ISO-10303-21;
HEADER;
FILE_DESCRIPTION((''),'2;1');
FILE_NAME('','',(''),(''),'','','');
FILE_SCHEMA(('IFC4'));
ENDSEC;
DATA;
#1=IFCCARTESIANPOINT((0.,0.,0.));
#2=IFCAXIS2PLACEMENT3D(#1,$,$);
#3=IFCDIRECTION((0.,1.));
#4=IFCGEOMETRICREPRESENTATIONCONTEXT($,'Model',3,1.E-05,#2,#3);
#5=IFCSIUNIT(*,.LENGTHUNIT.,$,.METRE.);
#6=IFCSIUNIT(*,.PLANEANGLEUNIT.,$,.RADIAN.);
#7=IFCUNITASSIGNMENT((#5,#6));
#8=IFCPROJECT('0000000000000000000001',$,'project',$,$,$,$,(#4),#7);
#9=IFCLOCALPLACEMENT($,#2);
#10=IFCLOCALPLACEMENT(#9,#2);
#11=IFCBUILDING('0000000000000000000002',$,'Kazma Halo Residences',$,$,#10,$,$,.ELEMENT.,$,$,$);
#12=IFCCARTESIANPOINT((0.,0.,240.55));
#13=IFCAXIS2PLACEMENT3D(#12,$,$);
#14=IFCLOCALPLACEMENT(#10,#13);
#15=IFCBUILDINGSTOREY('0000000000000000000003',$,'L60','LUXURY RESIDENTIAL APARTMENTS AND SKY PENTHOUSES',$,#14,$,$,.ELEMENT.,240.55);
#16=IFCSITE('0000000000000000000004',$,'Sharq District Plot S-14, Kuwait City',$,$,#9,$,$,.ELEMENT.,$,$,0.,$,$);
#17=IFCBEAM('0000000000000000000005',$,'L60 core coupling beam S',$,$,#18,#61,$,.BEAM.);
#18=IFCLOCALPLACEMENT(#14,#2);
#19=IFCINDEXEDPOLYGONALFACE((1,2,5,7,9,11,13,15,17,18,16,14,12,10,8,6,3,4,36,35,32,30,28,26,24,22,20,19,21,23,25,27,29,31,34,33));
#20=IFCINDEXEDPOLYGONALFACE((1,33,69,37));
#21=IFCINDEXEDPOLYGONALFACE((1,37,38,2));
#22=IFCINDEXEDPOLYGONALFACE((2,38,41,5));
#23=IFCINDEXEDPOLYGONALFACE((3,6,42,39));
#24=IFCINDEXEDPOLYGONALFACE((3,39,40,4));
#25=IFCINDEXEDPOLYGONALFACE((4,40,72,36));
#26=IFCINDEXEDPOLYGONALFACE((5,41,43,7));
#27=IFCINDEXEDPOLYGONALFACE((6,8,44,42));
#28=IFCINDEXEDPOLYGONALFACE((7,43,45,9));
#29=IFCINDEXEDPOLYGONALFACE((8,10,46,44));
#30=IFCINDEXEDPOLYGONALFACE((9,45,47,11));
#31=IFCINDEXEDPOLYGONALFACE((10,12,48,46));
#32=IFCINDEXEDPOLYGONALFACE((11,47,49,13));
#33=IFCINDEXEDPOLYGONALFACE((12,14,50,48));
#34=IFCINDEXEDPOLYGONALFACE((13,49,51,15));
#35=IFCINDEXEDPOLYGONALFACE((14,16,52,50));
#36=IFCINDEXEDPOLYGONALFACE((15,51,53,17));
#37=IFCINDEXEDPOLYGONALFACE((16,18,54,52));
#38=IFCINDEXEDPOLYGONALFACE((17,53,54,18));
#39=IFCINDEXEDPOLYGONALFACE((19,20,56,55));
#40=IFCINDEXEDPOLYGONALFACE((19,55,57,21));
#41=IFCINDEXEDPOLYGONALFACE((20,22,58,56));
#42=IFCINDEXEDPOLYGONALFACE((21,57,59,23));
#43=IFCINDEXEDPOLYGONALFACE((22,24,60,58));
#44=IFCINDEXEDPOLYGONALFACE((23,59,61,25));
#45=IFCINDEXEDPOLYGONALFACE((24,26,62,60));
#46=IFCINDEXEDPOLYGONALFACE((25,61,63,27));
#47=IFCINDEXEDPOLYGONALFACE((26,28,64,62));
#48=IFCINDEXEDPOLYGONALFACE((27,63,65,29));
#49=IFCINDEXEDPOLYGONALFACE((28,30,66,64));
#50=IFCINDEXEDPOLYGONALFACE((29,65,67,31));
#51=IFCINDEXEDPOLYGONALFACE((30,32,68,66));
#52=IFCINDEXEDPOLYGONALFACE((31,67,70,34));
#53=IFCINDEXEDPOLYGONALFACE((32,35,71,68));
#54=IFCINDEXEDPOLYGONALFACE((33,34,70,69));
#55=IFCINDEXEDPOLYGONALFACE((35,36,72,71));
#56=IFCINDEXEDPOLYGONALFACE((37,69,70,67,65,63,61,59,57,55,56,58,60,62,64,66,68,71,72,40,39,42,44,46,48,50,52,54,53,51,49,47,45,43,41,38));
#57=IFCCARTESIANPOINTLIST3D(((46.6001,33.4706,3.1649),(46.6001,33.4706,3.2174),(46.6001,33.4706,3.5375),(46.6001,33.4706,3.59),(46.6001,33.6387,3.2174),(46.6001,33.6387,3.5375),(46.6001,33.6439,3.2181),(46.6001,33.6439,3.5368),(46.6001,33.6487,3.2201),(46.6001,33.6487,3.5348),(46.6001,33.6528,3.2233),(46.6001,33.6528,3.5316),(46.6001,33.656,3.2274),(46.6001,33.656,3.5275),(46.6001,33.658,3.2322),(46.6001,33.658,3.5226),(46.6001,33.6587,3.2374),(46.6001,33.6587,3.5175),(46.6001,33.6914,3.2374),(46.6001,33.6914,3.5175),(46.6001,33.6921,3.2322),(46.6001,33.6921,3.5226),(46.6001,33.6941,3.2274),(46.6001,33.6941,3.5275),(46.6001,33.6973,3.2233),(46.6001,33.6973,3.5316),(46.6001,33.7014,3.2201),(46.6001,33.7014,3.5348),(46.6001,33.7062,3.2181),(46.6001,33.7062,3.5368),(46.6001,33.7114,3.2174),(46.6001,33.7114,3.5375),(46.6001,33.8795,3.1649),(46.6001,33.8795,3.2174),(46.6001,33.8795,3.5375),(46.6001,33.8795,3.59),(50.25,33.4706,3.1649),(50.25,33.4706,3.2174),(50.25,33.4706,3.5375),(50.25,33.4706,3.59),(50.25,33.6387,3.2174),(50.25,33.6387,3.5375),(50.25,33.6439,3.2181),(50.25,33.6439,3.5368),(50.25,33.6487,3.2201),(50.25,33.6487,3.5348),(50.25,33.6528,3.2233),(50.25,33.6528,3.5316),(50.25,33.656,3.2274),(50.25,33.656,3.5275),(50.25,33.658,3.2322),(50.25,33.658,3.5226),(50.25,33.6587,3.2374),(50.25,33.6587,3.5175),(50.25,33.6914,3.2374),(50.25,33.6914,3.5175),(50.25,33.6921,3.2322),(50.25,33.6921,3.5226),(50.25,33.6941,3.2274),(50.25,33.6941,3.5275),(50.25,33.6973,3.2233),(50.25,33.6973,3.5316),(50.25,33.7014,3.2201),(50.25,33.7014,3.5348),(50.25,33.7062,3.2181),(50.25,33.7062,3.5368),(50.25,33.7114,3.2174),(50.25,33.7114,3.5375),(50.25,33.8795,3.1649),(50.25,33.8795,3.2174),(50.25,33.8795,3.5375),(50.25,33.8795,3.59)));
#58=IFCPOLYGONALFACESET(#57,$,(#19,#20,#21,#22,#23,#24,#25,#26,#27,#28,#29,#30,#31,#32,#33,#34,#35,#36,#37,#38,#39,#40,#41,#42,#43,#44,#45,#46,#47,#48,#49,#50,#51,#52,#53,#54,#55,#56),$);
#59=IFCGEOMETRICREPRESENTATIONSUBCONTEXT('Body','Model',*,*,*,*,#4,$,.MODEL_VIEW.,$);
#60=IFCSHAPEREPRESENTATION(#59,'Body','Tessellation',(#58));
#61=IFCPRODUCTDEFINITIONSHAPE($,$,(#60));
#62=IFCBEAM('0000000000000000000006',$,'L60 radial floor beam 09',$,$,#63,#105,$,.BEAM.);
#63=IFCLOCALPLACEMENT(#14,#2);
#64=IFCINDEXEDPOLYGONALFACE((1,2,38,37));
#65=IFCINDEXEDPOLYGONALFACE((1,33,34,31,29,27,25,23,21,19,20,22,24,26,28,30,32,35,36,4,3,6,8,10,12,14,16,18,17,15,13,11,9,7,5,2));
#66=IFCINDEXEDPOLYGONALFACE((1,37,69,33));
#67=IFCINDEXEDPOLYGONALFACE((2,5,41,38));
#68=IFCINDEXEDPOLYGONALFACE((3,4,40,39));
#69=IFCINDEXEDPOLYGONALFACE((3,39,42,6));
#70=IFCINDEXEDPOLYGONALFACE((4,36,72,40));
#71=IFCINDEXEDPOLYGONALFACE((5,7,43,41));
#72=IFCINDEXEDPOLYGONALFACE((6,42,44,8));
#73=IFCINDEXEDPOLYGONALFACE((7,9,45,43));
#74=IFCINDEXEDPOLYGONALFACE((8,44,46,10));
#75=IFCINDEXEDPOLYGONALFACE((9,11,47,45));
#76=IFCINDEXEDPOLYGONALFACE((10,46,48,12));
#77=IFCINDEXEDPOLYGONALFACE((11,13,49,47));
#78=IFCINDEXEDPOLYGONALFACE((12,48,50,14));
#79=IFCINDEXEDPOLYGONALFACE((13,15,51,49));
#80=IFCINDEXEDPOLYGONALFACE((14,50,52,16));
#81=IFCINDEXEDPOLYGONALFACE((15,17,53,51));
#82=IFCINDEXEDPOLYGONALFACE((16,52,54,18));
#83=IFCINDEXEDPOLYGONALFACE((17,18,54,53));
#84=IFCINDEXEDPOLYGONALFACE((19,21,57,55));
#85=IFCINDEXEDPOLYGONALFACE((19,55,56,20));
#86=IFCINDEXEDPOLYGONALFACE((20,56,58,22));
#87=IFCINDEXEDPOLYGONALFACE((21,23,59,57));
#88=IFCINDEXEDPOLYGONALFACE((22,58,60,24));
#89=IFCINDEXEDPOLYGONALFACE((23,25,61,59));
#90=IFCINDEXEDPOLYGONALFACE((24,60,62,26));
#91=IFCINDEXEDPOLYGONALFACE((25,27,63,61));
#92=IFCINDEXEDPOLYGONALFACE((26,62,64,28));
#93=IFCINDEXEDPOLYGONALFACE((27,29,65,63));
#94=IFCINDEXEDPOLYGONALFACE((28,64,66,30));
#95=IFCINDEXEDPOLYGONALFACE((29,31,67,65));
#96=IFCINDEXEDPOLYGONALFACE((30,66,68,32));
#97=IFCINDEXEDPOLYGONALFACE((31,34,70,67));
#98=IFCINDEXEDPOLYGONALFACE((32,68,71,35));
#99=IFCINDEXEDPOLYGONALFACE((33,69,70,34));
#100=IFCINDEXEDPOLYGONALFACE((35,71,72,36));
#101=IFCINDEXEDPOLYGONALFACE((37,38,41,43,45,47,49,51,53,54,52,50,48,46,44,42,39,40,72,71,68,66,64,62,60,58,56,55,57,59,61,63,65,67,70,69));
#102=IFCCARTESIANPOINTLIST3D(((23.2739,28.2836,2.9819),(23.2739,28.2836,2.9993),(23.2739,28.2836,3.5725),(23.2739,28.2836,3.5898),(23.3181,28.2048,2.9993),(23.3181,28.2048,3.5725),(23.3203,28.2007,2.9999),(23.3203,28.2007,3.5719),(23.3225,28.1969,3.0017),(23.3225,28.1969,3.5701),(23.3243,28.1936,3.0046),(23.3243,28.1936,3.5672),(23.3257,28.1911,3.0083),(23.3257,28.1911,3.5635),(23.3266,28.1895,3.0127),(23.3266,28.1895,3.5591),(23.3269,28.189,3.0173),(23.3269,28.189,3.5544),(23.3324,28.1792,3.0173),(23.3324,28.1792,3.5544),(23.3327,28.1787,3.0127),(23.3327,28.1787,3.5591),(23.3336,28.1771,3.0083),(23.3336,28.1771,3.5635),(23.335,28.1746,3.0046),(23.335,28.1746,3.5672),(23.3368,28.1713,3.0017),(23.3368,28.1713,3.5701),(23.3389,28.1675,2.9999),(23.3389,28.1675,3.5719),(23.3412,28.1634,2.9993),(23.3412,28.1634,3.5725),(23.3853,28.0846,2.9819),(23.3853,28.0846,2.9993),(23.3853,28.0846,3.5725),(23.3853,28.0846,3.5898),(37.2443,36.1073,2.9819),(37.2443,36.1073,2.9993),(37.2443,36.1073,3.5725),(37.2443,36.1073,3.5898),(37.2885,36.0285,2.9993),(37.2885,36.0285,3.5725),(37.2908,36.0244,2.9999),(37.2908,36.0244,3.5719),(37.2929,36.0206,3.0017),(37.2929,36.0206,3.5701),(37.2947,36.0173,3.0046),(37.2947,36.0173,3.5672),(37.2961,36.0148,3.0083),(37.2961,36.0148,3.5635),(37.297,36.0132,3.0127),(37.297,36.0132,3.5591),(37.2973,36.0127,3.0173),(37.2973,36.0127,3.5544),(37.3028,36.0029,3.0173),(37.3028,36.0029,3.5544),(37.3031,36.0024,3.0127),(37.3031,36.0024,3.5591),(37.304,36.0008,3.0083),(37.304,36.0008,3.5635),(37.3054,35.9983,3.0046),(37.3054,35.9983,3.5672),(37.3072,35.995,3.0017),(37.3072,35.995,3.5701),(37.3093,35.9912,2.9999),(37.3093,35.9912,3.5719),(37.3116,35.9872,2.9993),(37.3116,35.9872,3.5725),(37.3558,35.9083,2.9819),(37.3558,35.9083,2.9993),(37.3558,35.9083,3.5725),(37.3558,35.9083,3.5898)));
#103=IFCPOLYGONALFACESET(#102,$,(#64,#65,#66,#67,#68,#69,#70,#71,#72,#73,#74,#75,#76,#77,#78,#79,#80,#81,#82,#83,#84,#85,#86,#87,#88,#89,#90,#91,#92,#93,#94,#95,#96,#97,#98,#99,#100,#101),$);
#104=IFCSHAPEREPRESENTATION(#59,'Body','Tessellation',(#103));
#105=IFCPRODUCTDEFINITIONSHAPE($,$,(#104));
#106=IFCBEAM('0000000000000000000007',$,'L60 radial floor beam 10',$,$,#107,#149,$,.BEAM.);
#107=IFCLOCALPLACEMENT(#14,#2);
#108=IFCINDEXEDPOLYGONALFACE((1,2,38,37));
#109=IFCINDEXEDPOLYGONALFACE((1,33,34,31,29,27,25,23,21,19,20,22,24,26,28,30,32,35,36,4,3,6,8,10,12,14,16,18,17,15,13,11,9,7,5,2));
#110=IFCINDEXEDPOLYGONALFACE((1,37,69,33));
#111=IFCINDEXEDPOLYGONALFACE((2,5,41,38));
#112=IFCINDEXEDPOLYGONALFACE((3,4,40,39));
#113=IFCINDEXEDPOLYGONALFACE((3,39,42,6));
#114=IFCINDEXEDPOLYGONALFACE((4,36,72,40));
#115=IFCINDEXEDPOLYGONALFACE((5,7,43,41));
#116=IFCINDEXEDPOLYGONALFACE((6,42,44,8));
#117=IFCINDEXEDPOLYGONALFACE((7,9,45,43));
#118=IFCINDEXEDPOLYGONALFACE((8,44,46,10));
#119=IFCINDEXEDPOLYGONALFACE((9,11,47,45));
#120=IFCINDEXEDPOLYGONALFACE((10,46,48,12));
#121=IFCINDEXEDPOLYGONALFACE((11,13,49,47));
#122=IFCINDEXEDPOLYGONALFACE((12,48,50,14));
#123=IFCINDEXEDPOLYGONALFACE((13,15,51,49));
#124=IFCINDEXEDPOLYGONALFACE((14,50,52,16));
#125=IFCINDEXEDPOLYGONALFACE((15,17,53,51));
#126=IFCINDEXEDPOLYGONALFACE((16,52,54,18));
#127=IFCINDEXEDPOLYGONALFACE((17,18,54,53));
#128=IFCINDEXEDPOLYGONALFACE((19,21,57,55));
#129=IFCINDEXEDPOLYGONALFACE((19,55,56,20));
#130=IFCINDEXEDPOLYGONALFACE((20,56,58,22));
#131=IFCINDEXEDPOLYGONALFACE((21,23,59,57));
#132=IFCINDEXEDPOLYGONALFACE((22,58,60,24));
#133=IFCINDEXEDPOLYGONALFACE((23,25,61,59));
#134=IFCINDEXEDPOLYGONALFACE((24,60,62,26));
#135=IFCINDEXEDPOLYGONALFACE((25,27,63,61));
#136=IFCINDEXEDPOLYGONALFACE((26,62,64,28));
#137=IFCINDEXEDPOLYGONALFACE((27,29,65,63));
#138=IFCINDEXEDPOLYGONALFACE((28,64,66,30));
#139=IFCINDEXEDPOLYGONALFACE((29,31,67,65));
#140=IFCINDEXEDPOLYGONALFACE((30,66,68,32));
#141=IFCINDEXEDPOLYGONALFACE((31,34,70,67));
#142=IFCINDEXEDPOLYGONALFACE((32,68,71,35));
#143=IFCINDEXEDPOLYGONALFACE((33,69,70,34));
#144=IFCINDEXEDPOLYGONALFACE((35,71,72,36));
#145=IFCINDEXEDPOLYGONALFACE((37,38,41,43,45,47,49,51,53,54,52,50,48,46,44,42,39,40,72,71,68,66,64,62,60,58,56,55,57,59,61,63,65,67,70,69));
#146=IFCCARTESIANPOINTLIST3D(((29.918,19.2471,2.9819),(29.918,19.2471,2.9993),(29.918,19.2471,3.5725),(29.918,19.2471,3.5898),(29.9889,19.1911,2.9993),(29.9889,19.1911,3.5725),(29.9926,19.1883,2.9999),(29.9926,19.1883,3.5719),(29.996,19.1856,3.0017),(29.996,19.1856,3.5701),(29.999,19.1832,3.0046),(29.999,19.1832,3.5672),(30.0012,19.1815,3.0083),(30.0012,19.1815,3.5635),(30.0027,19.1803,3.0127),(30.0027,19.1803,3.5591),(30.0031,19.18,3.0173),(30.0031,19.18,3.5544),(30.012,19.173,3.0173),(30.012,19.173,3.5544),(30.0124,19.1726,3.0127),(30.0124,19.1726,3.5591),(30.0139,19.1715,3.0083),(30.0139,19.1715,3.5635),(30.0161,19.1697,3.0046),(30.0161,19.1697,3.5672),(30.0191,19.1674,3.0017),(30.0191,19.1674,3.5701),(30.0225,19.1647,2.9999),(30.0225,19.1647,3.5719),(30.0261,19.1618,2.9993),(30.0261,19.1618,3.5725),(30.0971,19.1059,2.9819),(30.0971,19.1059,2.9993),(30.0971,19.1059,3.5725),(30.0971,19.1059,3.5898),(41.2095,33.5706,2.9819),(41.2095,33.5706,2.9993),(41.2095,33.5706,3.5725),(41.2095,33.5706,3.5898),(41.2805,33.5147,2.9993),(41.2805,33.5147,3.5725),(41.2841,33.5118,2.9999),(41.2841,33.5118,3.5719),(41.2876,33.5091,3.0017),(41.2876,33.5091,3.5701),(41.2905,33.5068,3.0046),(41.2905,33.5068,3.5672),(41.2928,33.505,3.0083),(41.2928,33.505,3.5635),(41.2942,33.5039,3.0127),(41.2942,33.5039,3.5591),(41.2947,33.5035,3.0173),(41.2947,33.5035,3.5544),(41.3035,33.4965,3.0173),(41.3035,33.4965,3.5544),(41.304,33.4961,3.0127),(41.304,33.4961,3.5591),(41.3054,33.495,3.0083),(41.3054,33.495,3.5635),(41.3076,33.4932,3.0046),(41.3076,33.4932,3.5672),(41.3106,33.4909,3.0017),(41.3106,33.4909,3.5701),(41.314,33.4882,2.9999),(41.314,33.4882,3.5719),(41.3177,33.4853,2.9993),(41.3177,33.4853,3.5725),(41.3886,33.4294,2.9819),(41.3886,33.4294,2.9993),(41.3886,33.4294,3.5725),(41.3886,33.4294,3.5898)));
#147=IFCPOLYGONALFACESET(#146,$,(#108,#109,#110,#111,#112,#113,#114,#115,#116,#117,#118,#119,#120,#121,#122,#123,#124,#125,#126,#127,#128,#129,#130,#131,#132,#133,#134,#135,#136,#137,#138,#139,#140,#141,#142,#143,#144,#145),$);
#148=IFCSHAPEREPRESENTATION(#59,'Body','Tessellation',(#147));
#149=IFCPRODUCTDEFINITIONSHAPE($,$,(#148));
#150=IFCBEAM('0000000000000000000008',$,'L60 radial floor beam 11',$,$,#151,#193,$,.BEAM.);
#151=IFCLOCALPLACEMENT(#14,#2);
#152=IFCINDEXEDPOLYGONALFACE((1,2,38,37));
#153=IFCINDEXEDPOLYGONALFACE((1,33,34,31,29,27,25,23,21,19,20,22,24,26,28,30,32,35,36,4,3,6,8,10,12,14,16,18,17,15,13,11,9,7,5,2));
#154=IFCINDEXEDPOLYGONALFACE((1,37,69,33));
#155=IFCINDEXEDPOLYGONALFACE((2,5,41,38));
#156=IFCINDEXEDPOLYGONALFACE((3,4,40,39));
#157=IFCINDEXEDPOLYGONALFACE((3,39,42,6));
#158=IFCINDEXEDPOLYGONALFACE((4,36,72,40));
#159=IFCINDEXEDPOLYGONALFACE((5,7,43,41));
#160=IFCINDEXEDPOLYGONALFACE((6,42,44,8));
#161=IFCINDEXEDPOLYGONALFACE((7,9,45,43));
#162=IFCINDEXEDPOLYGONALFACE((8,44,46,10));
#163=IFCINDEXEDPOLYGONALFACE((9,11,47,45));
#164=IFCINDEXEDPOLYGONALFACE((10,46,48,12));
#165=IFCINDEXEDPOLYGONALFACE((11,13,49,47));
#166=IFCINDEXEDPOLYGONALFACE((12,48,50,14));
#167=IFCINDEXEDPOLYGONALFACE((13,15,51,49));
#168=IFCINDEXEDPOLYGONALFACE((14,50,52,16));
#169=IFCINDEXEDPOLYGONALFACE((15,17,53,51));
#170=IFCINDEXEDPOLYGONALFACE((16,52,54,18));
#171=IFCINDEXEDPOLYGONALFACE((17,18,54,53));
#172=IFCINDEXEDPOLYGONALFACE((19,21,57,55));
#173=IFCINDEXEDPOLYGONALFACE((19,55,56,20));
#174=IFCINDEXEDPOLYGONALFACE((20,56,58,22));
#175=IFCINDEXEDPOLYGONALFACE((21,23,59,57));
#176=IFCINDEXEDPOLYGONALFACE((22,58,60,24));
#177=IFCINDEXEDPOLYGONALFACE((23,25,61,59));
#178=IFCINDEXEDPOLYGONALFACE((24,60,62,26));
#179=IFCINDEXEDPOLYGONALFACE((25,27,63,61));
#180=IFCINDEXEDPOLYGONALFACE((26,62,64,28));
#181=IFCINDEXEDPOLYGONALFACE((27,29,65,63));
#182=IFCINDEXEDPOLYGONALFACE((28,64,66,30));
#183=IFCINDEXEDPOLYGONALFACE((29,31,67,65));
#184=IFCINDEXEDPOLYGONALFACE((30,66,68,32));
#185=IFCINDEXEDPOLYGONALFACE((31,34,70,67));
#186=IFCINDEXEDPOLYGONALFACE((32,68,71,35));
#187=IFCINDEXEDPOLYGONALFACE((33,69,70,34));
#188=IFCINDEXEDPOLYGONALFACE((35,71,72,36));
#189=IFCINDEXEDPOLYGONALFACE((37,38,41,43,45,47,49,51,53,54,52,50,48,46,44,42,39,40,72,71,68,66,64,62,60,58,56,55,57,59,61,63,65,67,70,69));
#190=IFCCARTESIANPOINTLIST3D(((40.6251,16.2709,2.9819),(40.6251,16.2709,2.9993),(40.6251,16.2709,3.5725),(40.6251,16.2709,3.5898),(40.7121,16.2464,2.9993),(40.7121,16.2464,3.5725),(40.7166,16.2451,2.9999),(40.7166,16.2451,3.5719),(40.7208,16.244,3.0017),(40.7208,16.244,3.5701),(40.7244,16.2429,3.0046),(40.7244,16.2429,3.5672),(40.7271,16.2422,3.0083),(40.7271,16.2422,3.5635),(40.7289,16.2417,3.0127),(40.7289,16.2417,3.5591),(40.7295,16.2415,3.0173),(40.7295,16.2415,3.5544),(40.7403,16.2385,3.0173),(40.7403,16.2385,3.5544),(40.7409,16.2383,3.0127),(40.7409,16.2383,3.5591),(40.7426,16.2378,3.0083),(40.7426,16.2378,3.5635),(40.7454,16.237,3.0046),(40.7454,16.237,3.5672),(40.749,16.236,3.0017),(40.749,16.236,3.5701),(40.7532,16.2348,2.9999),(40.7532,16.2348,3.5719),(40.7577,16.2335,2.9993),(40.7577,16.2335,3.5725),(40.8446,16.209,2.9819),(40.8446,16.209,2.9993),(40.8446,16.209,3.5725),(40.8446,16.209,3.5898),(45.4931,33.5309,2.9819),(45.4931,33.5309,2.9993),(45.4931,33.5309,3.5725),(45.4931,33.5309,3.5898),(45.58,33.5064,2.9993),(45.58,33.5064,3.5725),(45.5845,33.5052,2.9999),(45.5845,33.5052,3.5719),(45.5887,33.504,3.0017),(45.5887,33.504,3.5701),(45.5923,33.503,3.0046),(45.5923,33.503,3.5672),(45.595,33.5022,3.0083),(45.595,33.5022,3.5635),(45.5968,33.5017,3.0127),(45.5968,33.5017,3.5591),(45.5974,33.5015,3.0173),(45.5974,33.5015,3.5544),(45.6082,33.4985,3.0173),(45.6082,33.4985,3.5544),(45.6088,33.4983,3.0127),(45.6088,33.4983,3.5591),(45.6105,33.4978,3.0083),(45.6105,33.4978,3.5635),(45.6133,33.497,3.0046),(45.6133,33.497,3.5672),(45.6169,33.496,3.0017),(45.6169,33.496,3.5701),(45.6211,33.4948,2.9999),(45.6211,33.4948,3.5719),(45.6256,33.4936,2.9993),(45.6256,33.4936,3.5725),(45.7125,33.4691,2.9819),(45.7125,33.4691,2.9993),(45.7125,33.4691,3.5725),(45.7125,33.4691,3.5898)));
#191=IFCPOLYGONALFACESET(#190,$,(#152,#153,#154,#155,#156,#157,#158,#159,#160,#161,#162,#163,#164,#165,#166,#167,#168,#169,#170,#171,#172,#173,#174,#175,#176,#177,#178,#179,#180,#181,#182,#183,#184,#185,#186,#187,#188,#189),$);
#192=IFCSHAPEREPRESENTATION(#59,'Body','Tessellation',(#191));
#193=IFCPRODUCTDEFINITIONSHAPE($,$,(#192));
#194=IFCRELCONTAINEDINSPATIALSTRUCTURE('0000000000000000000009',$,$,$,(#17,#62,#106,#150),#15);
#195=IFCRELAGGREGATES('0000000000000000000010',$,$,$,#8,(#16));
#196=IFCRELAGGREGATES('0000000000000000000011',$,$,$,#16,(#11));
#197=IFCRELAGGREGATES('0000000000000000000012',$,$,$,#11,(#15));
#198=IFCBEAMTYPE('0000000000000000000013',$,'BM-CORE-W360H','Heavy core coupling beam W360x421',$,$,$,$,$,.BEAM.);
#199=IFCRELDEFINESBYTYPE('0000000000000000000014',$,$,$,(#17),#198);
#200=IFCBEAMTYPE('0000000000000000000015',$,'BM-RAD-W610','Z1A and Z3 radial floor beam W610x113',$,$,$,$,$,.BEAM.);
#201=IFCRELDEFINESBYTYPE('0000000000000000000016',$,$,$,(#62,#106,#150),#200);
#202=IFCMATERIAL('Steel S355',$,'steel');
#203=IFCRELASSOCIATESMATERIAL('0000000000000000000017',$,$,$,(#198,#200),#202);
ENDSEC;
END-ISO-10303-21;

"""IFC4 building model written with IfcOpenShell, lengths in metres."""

from ifc_helpers import new_model, si_unit, direction, frame, origin, origin_2d, place, context, subcontext, project, spatial, i_section, extrude, material, material_profile, profile_set, type_object, element, save


model = new_model("IFC4")

# Units and contexts
model_context = context("Model", 3, precision=1e-05, world=origin(), true_north=direction((0.0, 1.0)))
body_context = subcontext(model_context, "Body", "Model", "MODEL_VIEW")
ifc_project = project(units=[si_unit("LENGTHUNIT", "METRE"), si_unit("PLANEANGLEUNIT", "RADIAN")], contexts=[model_context])

# Site, building, storey
site_placement = place(None, origin())
site = spatial("IfcSite", under=ifc_project, at=site_placement, Name="Sharq District Plot S-14, Kuwait City", CompositionType="ELEMENT", RefElevation=0.0)
building_placement = place(site_placement, origin())
building = spatial("IfcBuilding", under=site, at=building_placement, Name="Kazma Halo Residences", CompositionType="ELEMENT")
storey_placement = place(building_placement, frame((0.0, 0.0, 240.55)))
storey = spatial("IfcBuildingStorey", under=building, at=storey_placement, Name="L60", Description="LUXURY RESIDENTIAL APARTMENTS AND SKY PENTHOUSES", CompositionType="ELEMENT", Elevation=240.55)

# Beams
ifc_material_1 = material(Name="Steel S355", Category="steel")
ifc_material_profile_1 = material_profile(ifc_material_1, i_section(OverallWidth=0.4089, OverallDepth=0.425, WebThickness=0.0327, FlangeThickness=0.0525, FilletRadius=0.02, at=origin_2d()), Name="W360x421")
ifc_profile_set_1 = profile_set([ifc_material_profile_1], Name="Steel S355")
beam_type_1 = type_object("IfcBeamType", Name="BM-CORE-W360H", Description="Heavy core coupling beam W360x421", PredefinedType="BEAM", material=ifc_profile_set_1)
beam_1_placement = place(storey_placement, frame((46.6001, 33.675, 3.3774), z_axis=(1.0, 0.0, 0.0), x_axis=(0.0, 1.0, 0.0)))
element("IfcBeam", 1, at=beam_1_placement, inside=storey, type_object=beam_type_1, Name="L60 core coupling beam S", PredefinedType="BEAM", context=body_context, shape_type="SweptSolid", body=[
    extrude(i_section(OverallWidth=0.4089, OverallDepth=0.425, WebThickness=0.0327, FlangeThickness=0.0525, FilletRadius=0.02, at=origin_2d()), origin(), (0.0, 0.0, 1.0), 3.6499),
])
ifc_material_profile_2 = material_profile(ifc_material_1, i_section(OverallWidth=0.228, OverallDepth=0.6079, WebThickness=0.0112, FlangeThickness=0.0173, FilletRadius=0.0181, at=origin_2d()), Name="W610x113")
ifc_profile_set_2 = profile_set([ifc_material_profile_2], Name="Steel S355")
beam_type_2 = type_object("IfcBeamType", Name="BM-RAD-W610", Description="Z1A and Z3 radial floor beam W610x113", PredefinedType="BEAM", material=ifc_profile_set_2)
beam_2_placement = place(storey_placement, frame((37.3, 36.0078, 3.2859), z_axis=(-0.872499, -0.488616, 0.0), x_axis=(0.488616, -0.872499, 0.0)))
element("IfcBeam", 2, at=beam_2_placement, inside=storey, type_object=beam_type_2, Name="L60 radial floor beam 09", PredefinedType="BEAM", context=body_context, shape_type="SweptSolid", body=[
    extrude(i_section(OverallWidth=0.228, OverallDepth=0.6079, WebThickness=0.0112, FlangeThickness=0.0173, FilletRadius=0.0181, at=origin_2d()), origin(), (0.0, 0.0, 1.0), 16.012),
])
beam_3_placement = place(storey_placement, frame((41.2991, 33.5, 3.2859), z_axis=(-0.619086, -0.785323, 0.0), x_axis=(0.785323, -0.619086, 0.0)))
element("IfcBeam", 3, at=beam_3_placement, inside=storey, type_object=beam_type_2, Name="L60 radial floor beam 10", PredefinedType="BEAM", context=body_context, shape_type="SweptSolid", body=[
    extrude(i_section(OverallWidth=0.228, OverallDepth=0.6079, WebThickness=0.0112, FlangeThickness=0.0173, FilletRadius=0.0181, at=origin_2d()), origin(), (0.0, 0.0, 1.0), 18.239),
])
beam_4_placement = place(storey_placement, frame((45.6028, 33.5, 3.2859), z_axis=(-0.271445, -0.962454, 0.0), x_axis=(0.962454, -0.271445, 0.0)))
element("IfcBeam", 4, at=beam_4_placement, inside=storey, type_object=beam_type_2, Name="L60 radial floor beam 11", PredefinedType="BEAM", context=body_context, shape_type="SweptSolid", body=[
    extrude(i_section(OverallWidth=0.228, OverallDepth=0.6079, WebThickness=0.0112, FlangeThickness=0.0173, FilletRadius=0.0181, at=origin_2d()), origin(), (0.0, 0.0, 1.0), 17.9333),
])

save(model, "model.ifc")
